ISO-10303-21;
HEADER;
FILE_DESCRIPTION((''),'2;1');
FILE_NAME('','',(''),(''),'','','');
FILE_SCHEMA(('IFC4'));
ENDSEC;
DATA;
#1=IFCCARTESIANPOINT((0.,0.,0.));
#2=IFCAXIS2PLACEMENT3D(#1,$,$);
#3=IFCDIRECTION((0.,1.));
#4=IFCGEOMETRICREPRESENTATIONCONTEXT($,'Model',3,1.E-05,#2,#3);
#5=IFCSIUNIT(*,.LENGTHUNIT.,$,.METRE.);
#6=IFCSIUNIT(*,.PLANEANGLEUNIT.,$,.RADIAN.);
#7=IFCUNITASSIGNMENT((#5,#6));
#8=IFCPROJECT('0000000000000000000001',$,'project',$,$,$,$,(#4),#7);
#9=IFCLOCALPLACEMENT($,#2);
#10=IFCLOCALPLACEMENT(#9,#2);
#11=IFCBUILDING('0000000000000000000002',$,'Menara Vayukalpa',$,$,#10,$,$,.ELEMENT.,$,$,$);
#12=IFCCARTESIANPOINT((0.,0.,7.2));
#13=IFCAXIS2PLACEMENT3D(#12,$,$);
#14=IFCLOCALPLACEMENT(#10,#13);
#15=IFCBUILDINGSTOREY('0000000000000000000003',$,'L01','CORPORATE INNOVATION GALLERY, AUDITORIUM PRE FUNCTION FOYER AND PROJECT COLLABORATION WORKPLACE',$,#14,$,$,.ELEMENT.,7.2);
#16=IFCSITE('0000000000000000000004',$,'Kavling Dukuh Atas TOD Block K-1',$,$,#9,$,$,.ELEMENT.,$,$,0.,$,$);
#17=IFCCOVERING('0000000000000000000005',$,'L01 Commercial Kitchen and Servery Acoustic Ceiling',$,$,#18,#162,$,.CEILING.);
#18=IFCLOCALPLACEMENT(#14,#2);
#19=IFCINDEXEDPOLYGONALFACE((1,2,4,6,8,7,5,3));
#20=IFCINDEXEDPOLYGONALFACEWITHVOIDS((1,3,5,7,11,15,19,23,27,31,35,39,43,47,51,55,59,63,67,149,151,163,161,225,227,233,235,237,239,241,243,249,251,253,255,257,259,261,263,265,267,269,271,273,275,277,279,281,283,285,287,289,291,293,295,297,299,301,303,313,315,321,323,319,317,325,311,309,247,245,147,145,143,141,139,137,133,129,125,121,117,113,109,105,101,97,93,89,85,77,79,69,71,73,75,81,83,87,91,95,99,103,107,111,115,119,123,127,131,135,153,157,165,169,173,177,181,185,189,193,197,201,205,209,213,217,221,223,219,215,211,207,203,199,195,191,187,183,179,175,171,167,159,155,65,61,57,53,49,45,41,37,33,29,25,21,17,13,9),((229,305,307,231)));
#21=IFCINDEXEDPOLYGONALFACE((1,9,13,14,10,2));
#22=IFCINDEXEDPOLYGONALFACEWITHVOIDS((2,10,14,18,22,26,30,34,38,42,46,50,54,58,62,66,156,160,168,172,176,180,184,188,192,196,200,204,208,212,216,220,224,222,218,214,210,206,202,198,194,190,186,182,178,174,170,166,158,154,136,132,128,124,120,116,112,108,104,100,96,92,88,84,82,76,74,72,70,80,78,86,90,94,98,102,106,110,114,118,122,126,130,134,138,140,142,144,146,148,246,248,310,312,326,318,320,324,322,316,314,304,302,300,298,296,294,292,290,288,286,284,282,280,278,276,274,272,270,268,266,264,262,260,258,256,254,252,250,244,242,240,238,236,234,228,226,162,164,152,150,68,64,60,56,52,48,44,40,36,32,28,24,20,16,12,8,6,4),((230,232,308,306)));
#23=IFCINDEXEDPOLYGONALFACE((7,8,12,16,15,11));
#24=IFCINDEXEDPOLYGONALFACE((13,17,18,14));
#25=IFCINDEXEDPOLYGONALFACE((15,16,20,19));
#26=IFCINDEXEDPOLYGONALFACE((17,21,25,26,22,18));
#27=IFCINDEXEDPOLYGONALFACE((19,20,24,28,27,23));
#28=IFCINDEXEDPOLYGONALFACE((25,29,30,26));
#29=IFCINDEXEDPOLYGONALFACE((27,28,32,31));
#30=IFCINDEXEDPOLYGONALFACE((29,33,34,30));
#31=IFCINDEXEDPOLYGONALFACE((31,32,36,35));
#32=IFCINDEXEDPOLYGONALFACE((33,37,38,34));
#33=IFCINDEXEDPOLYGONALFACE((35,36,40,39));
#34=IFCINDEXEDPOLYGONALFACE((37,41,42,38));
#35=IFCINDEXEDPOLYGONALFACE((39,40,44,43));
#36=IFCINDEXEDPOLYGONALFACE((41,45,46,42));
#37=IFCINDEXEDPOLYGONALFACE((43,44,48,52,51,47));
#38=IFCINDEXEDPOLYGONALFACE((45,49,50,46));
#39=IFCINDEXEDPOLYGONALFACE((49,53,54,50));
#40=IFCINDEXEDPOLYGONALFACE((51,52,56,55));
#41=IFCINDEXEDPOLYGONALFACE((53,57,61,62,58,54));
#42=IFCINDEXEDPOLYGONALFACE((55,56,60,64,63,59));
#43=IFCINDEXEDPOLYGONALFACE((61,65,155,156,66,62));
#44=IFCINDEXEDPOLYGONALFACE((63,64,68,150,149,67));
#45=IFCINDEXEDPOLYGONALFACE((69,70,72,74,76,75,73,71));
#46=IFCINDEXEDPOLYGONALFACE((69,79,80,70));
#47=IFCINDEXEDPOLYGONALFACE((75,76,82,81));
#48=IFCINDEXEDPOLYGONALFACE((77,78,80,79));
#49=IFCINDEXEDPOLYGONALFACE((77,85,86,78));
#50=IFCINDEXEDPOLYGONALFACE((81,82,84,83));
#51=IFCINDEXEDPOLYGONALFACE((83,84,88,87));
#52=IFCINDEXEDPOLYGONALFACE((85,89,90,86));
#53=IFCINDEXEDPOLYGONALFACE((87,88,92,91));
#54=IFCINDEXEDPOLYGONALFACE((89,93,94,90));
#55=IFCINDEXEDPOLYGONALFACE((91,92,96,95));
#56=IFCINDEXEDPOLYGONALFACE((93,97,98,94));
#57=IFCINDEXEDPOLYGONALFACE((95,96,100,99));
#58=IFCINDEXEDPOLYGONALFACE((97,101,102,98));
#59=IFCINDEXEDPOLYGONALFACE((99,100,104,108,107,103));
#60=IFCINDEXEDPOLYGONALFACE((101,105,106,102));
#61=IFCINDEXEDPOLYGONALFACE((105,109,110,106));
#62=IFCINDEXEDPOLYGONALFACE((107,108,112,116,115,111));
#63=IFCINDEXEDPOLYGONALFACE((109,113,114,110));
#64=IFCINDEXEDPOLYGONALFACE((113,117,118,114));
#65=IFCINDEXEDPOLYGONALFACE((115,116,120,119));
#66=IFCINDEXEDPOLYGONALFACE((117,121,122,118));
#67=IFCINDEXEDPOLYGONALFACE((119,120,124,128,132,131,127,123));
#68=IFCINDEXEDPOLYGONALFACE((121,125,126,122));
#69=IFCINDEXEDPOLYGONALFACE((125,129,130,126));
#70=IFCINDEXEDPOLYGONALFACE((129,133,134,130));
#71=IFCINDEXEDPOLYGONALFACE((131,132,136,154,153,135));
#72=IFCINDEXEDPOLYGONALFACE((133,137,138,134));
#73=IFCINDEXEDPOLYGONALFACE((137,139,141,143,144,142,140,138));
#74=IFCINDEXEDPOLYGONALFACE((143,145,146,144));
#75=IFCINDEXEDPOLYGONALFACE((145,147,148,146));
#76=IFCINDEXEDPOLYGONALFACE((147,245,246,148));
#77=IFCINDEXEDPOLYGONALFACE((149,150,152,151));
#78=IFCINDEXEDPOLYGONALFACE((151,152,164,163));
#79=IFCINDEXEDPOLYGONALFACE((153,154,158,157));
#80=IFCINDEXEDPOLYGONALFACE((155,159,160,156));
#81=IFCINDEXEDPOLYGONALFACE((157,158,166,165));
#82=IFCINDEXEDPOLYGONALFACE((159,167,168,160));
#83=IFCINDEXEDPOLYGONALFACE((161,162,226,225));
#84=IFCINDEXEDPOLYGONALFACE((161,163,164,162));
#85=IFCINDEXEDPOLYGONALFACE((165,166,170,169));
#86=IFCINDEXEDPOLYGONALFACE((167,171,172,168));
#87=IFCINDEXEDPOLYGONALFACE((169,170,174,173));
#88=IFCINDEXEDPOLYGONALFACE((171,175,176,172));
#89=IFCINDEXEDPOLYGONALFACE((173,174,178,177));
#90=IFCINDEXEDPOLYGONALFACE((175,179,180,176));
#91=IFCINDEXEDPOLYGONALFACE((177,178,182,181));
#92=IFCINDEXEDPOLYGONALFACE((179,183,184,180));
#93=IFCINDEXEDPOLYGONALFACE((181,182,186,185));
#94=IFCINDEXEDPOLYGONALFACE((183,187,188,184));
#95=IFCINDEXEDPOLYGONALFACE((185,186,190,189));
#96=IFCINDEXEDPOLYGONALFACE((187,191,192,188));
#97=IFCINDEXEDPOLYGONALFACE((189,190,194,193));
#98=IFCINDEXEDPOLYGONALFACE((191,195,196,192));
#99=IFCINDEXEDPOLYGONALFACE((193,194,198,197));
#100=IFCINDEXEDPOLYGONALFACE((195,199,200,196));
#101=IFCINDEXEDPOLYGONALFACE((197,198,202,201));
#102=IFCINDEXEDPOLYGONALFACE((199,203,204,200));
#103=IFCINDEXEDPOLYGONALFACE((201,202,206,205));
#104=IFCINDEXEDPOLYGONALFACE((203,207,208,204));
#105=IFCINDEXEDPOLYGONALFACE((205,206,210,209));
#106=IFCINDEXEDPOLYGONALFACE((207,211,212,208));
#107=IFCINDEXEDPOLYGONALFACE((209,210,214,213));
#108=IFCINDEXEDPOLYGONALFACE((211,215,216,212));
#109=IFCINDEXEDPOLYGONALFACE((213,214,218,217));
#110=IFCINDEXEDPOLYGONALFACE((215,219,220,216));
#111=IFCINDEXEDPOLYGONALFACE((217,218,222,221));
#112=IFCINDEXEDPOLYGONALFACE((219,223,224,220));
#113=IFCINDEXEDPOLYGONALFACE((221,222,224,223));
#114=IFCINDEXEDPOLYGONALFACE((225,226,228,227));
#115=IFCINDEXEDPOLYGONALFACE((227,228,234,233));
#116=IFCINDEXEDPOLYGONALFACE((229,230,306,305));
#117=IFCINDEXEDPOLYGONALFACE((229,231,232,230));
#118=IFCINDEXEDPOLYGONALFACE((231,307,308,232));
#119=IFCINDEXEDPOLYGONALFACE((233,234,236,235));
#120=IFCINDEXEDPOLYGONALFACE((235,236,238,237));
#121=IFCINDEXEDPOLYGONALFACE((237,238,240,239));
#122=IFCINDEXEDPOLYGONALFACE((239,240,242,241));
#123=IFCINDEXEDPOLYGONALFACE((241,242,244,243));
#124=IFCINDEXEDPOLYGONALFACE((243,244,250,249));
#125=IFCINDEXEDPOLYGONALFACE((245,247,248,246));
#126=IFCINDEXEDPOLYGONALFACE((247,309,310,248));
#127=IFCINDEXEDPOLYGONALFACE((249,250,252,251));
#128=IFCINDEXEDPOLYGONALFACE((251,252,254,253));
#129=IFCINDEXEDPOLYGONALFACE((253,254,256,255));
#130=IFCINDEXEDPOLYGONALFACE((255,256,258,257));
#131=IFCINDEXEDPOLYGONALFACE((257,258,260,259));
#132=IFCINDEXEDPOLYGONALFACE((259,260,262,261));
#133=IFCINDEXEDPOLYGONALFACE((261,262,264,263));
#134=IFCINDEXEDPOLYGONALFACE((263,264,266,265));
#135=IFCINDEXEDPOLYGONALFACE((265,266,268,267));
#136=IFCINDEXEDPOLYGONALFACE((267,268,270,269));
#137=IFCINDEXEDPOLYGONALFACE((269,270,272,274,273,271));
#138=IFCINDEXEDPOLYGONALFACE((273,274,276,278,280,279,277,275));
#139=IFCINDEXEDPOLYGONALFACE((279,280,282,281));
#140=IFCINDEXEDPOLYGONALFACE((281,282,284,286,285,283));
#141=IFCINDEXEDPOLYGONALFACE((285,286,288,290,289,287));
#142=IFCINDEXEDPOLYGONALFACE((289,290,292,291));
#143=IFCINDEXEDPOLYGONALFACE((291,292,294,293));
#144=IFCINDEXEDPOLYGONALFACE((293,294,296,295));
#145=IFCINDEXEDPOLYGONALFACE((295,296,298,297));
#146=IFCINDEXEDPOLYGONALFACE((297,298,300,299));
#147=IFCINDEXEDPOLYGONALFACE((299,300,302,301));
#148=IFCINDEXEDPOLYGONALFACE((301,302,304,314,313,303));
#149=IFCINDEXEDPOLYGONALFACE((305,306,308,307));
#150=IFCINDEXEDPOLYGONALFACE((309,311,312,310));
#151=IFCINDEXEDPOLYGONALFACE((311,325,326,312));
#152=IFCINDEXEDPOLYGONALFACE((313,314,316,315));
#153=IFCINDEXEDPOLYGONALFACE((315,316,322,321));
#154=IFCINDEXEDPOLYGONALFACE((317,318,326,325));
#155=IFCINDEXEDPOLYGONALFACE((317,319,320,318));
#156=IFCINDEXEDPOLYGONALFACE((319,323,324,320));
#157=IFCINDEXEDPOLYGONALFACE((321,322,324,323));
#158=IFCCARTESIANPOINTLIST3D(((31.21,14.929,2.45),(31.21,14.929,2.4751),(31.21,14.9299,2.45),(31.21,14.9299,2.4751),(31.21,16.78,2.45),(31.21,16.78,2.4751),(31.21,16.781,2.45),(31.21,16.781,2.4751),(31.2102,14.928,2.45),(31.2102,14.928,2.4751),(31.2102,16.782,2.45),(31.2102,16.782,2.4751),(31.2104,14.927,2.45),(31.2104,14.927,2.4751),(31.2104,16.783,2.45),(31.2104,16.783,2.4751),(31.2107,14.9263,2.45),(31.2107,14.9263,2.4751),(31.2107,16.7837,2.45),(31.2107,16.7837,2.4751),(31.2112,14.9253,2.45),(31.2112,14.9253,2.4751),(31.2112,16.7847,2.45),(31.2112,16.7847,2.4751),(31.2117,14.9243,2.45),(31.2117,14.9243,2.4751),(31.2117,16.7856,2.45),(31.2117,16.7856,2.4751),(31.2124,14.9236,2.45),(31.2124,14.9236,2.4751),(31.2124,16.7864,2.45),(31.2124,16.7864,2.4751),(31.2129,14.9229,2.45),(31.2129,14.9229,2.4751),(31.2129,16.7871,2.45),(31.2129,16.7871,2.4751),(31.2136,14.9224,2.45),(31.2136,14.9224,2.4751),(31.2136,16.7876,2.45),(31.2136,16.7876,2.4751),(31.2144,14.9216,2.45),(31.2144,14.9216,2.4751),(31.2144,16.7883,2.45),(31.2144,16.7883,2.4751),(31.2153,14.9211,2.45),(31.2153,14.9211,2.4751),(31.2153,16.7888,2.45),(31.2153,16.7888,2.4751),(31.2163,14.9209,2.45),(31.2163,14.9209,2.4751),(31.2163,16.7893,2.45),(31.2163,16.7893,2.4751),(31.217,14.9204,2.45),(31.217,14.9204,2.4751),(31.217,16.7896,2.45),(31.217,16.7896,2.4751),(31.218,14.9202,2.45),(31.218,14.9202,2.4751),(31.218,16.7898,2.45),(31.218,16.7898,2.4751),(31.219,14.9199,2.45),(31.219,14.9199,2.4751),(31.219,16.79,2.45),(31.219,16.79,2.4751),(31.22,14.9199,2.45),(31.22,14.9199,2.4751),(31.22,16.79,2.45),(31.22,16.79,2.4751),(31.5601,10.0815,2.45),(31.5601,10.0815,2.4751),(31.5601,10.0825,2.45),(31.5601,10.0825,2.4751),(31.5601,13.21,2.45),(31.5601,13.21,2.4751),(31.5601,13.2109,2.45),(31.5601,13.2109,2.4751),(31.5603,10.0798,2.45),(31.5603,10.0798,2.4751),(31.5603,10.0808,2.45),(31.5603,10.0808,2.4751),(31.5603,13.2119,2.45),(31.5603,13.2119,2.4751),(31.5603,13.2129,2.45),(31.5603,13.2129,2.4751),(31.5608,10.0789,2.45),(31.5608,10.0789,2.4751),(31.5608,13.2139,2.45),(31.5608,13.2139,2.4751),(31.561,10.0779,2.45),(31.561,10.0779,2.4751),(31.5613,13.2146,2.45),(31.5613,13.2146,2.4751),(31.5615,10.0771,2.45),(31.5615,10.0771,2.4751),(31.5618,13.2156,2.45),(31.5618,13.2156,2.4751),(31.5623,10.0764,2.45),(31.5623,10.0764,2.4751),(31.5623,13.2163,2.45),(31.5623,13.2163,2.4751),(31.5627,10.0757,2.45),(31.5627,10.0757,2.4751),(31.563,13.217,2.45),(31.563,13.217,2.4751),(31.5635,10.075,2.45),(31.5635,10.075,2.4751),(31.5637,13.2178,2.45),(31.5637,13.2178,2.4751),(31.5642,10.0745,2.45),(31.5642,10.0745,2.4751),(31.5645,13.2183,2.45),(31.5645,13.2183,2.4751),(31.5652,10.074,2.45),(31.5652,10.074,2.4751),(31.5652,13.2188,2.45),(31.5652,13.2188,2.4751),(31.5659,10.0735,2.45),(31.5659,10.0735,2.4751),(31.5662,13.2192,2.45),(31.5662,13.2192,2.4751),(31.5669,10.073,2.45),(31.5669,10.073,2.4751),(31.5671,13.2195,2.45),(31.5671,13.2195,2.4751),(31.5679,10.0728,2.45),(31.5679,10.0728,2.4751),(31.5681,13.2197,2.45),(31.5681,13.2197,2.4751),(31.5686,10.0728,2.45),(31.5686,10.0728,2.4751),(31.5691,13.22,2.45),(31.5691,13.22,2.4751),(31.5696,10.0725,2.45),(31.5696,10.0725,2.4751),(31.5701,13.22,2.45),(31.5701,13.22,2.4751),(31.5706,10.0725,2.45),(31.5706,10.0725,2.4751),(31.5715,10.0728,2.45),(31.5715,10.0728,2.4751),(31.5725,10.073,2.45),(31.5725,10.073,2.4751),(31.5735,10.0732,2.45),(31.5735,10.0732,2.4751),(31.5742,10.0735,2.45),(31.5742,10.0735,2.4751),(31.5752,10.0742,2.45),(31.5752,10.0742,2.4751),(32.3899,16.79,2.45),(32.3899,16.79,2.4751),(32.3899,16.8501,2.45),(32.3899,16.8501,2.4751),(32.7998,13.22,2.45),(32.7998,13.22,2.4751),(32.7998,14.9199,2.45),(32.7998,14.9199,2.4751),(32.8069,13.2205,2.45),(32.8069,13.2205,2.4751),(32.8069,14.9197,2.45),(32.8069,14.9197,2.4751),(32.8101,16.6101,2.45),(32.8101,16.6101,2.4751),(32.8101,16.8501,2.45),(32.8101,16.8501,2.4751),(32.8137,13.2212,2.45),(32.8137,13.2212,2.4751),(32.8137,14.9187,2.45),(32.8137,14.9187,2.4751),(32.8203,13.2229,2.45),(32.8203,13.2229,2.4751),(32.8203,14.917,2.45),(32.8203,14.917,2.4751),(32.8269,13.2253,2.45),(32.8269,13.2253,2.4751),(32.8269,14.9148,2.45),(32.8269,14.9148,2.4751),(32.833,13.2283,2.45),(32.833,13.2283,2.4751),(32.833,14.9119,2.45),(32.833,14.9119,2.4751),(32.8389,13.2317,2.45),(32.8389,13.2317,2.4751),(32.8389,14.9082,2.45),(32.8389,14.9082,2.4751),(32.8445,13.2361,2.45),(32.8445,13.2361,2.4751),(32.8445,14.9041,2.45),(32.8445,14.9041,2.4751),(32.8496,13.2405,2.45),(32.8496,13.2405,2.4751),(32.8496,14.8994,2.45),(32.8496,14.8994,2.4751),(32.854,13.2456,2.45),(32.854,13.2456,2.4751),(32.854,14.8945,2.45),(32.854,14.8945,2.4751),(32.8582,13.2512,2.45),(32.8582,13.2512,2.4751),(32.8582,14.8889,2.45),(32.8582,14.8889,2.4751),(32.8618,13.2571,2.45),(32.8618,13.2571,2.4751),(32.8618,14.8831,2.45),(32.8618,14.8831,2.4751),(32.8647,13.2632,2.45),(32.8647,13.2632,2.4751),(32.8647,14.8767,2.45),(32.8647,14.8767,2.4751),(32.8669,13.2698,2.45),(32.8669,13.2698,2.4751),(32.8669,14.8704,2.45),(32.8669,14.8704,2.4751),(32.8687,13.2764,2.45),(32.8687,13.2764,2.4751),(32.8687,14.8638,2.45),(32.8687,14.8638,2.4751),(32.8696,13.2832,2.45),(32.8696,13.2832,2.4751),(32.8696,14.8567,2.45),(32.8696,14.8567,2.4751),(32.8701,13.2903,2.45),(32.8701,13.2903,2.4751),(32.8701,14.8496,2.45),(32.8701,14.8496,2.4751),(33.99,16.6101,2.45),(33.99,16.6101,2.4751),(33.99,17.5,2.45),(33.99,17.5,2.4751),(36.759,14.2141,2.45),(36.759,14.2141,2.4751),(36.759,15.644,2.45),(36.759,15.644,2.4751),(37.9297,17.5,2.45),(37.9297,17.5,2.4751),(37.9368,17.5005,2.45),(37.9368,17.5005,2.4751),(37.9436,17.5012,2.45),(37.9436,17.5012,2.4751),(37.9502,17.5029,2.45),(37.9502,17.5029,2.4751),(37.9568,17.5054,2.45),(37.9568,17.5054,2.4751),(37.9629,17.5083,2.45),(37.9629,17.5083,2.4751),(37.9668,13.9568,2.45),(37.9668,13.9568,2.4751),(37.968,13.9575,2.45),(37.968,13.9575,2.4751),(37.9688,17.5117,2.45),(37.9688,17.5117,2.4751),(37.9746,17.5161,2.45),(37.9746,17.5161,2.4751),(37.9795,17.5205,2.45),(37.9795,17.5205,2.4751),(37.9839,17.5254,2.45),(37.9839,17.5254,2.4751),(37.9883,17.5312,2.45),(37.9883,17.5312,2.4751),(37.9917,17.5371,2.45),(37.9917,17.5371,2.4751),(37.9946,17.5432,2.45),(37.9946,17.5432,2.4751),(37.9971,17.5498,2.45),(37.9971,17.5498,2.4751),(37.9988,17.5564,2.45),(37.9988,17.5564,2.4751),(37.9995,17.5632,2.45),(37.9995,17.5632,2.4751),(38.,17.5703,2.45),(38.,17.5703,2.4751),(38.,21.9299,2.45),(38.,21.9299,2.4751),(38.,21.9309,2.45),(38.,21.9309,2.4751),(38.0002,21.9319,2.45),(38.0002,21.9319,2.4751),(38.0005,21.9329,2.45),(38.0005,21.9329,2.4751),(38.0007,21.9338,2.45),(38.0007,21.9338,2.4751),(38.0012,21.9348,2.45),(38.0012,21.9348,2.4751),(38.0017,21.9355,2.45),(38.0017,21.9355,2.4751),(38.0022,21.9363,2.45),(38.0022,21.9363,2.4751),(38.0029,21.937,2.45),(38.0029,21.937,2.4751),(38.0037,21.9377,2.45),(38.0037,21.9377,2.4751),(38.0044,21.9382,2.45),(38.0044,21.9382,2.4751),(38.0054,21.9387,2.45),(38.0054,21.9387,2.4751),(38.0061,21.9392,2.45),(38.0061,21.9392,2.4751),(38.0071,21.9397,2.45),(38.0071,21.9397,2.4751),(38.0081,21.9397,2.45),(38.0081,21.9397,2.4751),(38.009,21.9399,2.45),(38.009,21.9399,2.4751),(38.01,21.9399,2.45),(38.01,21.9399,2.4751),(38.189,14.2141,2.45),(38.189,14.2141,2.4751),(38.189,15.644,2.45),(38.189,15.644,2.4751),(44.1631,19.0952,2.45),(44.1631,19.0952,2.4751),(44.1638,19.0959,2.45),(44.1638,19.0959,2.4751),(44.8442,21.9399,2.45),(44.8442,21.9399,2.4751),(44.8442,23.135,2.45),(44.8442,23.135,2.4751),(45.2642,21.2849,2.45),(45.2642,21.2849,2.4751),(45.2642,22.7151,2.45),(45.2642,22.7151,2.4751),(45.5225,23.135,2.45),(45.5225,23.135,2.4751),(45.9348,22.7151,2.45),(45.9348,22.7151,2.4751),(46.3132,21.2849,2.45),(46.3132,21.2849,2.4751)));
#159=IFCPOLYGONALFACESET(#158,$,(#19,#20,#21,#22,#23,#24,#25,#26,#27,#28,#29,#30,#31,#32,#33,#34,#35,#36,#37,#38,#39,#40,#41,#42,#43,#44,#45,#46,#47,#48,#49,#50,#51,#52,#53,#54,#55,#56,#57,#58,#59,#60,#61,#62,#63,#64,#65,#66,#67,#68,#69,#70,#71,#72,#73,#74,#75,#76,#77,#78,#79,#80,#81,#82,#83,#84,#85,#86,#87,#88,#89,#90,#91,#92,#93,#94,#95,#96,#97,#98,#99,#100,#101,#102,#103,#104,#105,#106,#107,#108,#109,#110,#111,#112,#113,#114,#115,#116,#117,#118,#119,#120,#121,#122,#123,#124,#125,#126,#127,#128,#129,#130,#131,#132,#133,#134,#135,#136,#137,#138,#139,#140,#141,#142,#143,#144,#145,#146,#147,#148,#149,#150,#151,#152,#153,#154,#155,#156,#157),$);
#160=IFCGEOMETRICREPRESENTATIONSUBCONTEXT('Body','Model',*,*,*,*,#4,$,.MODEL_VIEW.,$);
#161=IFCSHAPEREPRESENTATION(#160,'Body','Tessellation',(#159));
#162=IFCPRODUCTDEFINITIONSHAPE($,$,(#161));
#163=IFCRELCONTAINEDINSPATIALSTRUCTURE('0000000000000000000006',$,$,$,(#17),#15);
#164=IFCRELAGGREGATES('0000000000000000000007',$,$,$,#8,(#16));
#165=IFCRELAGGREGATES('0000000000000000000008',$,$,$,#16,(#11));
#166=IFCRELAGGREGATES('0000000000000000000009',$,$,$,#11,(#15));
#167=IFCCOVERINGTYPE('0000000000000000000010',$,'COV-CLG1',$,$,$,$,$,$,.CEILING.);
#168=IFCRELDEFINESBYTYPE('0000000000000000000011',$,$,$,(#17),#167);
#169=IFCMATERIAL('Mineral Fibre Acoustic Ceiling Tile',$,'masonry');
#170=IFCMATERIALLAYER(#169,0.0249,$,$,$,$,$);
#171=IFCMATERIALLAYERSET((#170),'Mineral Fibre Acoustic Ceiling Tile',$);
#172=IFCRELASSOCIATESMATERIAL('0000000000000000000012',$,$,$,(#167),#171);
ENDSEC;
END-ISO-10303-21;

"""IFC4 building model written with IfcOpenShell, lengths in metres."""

from ifc_helpers import new_model, si_unit, direction, frame, origin, place, context, subcontext, project, spatial, polyline, outline, extrude, material, layer, layer_set, type_object, element, save


model = new_model("IFC4")

# Units and contexts
model_context = context("Model", 3, precision=1e-05, world=origin(), true_north=direction((0.0, 1.0)))
body_context = subcontext(model_context, "Body", "Model", "MODEL_VIEW")
ifc_project = project(units=[si_unit("LENGTHUNIT", "METRE"), si_unit("PLANEANGLEUNIT", "RADIAN")], contexts=[model_context])

# Site, building, storey
site_placement = place(None, origin())
site = spatial("IfcSite", under=ifc_project, at=site_placement, Name="Kavling Dukuh Atas TOD Block K-1", CompositionType="ELEMENT", RefElevation=0.0)
building_placement = place(site_placement, origin())
building = spatial("IfcBuilding", under=site, at=building_placement, Name="Menara Vayukalpa", CompositionType="ELEMENT")
storey_placement = place(building_placement, frame((0.0, 0.0, 7.2)))
storey = spatial("IfcBuildingStorey", under=building, at=storey_placement, Name="L01", Description="CORPORATE INNOVATION GALLERY, AUDITORIUM PRE FUNCTION FOYER AND PROJECT COLLABORATION WORKPLACE", CompositionType="ELEMENT", Elevation=7.2)

# Covering
ifc_material_1 = material(Name="Mineral Fibre Acoustic Ceiling Tile", Category="masonry")
ifc_layer_1 = layer(ifc_material_1, 0.0249)
ifc_layer_set_1 = layer_set([ifc_layer_1], Name="Mineral Fibre Acoustic Ceiling Tile")
covering_type_1 = type_object("IfcCoveringType", Name="COV-CLG1", PredefinedType="CEILING", material=ifc_layer_set_1)
covering_1_placement = place(storey_placement, frame((0.0, 0.0, 2.45)))
element("IfcCovering", 1, at=covering_1_placement, inside=storey, type_object=covering_type_1, Name="L01 Commercial Kitchen and Servery Acoustic Ceiling", PredefinedType="CEILING", context=body_context, shape_type="SweptSolid", body=[
    extrude(outline(polyline([(31.5725, 10.073), (31.5715, 10.0728), (31.5706, 10.0725), (31.5696, 10.0725), (31.5686, 10.0728), (31.5679, 10.0728), (31.5669, 10.073), (31.5659, 10.0735), (31.5652, 10.074), (31.5642, 10.0745), (31.5635, 10.075), (31.5627, 10.0757), (31.5623, 10.0764), (31.5615, 10.0771), (31.561, 10.0779), (31.5608, 10.0789), (31.5603, 10.0798), (31.5603, 10.0808), (31.5601, 10.0815), (31.5601, 10.0825), (31.5601, 13.21), (31.5601, 13.2109), (31.5603, 13.2119), (31.5603, 13.2129), (31.5608, 13.2139), (31.5613, 13.2146), (31.5618, 13.2156), (31.5623, 13.2163), (31.563, 13.217), (31.5637, 13.2178), (31.5645, 13.2183), (31.5652, 13.2188), (31.5662, 13.2192), (31.5671, 13.2195), (31.5681, 13.2197), (31.5691, 13.22), (31.5701, 13.22), (32.7998, 13.22), (32.8069, 13.2205), (32.8137, 13.2212), (32.8203, 13.2229), (32.8269, 13.2253), (32.833, 13.2283), (32.8389, 13.2317), (32.8445, 13.2361), (32.8496, 13.2405), (32.854, 13.2456), (32.8582, 13.2512), (32.8618, 13.2571), (32.8647, 13.2632), (32.8669, 13.2698), (32.8687, 13.2764), (32.8696, 13.2832), (32.8701, 13.2903), (32.8701, 14.8496), (32.8696, 14.8567), (32.8687, 14.8638), (32.8669, 14.8704), (32.8647, 14.8767), (32.8618, 14.8831), (32.8582, 14.8889), (32.854, 14.8945), (32.8496, 14.8994), (32.8445, 14.9041), (32.8389, 14.9082), (32.833, 14.9119), (32.8269, 14.9148), (32.8203, 14.917), (32.8137, 14.9187), (32.8069, 14.9197), (32.7998, 14.9199), (31.22, 14.9199), (31.219, 14.9199), (31.218, 14.9202), (31.217, 14.9204), (31.2163, 14.9209), (31.2153, 14.9211), (31.2144, 14.9216), (31.2136, 14.9224), (31.2129, 14.9229), (31.2124, 14.9236), (31.2117, 14.9243), (31.2112, 14.9253), (31.2107, 14.9263), (31.2104, 14.927), (31.2102, 14.928), (31.21, 14.929), (31.21, 14.9299), (31.21, 16.78), (31.21, 16.781), (31.2102, 16.782), (31.2104, 16.783), (31.2107, 16.7837), (31.2112, 16.7847), (31.2117, 16.7856), (31.2124, 16.7864), (31.2129, 16.7871), (31.2136, 16.7876), (31.2144, 16.7883), (31.2153, 16.7888), (31.2163, 16.7893), (31.217, 16.7896), (31.218, 16.7898), (31.219, 16.79), (31.22, 16.79), (32.3899, 16.79), (32.3899, 16.8501), (32.8101, 16.8501), (32.8101, 16.6101), (33.99, 16.6101), (33.99, 17.5), (37.9297, 17.5), (37.9368, 17.5005), (37.9436, 17.5012), (37.9502, 17.5029), (37.9568, 17.5054), (37.9629, 17.5083), (37.9688, 17.5117), (37.9746, 17.5161), (37.9795, 17.5205), (37.9839, 17.5254), (37.9883, 17.5312), (37.9917, 17.5371), (37.9946, 17.5432), (37.9971, 17.5498), (37.9988, 17.5564), (37.9995, 17.5632), (38.0, 17.5703), (38.0, 21.9299), (38.0, 21.9309), (38.0002, 21.9319), (38.0005, 21.9329), (38.0007, 21.9338), (38.0012, 21.9348), (38.0017, 21.9355), (38.0022, 21.9363), (38.0029, 21.937), (38.0037, 21.9377), (38.0044, 21.9382), (38.0054, 21.9387), (38.0061, 21.9392), (38.0071, 21.9397), (38.0081, 21.9397), (38.009, 21.9399), (38.01, 21.9399), (44.8442, 21.9399), (44.8442, 23.135), (45.5225, 23.135), (45.9348, 22.7151), (45.2642, 22.7151), (45.2642, 21.2849), (46.3132, 21.2849), (44.1638, 19.0959), (44.1631, 19.0952), (37.968, 13.9575), (37.9668, 13.9568), (31.5752, 10.0742), (31.5742, 10.0735), (31.5735, 10.0732), (31.5725, 10.073)]), holes=[polyline([(38.189, 15.644), (36.759, 15.644), (36.759, 14.2141), (38.189, 14.2141), (38.189, 15.644)])]), origin(), (0.0, 0.0, 1.0), 0.0251),
])

save(model, "model.ifc")
